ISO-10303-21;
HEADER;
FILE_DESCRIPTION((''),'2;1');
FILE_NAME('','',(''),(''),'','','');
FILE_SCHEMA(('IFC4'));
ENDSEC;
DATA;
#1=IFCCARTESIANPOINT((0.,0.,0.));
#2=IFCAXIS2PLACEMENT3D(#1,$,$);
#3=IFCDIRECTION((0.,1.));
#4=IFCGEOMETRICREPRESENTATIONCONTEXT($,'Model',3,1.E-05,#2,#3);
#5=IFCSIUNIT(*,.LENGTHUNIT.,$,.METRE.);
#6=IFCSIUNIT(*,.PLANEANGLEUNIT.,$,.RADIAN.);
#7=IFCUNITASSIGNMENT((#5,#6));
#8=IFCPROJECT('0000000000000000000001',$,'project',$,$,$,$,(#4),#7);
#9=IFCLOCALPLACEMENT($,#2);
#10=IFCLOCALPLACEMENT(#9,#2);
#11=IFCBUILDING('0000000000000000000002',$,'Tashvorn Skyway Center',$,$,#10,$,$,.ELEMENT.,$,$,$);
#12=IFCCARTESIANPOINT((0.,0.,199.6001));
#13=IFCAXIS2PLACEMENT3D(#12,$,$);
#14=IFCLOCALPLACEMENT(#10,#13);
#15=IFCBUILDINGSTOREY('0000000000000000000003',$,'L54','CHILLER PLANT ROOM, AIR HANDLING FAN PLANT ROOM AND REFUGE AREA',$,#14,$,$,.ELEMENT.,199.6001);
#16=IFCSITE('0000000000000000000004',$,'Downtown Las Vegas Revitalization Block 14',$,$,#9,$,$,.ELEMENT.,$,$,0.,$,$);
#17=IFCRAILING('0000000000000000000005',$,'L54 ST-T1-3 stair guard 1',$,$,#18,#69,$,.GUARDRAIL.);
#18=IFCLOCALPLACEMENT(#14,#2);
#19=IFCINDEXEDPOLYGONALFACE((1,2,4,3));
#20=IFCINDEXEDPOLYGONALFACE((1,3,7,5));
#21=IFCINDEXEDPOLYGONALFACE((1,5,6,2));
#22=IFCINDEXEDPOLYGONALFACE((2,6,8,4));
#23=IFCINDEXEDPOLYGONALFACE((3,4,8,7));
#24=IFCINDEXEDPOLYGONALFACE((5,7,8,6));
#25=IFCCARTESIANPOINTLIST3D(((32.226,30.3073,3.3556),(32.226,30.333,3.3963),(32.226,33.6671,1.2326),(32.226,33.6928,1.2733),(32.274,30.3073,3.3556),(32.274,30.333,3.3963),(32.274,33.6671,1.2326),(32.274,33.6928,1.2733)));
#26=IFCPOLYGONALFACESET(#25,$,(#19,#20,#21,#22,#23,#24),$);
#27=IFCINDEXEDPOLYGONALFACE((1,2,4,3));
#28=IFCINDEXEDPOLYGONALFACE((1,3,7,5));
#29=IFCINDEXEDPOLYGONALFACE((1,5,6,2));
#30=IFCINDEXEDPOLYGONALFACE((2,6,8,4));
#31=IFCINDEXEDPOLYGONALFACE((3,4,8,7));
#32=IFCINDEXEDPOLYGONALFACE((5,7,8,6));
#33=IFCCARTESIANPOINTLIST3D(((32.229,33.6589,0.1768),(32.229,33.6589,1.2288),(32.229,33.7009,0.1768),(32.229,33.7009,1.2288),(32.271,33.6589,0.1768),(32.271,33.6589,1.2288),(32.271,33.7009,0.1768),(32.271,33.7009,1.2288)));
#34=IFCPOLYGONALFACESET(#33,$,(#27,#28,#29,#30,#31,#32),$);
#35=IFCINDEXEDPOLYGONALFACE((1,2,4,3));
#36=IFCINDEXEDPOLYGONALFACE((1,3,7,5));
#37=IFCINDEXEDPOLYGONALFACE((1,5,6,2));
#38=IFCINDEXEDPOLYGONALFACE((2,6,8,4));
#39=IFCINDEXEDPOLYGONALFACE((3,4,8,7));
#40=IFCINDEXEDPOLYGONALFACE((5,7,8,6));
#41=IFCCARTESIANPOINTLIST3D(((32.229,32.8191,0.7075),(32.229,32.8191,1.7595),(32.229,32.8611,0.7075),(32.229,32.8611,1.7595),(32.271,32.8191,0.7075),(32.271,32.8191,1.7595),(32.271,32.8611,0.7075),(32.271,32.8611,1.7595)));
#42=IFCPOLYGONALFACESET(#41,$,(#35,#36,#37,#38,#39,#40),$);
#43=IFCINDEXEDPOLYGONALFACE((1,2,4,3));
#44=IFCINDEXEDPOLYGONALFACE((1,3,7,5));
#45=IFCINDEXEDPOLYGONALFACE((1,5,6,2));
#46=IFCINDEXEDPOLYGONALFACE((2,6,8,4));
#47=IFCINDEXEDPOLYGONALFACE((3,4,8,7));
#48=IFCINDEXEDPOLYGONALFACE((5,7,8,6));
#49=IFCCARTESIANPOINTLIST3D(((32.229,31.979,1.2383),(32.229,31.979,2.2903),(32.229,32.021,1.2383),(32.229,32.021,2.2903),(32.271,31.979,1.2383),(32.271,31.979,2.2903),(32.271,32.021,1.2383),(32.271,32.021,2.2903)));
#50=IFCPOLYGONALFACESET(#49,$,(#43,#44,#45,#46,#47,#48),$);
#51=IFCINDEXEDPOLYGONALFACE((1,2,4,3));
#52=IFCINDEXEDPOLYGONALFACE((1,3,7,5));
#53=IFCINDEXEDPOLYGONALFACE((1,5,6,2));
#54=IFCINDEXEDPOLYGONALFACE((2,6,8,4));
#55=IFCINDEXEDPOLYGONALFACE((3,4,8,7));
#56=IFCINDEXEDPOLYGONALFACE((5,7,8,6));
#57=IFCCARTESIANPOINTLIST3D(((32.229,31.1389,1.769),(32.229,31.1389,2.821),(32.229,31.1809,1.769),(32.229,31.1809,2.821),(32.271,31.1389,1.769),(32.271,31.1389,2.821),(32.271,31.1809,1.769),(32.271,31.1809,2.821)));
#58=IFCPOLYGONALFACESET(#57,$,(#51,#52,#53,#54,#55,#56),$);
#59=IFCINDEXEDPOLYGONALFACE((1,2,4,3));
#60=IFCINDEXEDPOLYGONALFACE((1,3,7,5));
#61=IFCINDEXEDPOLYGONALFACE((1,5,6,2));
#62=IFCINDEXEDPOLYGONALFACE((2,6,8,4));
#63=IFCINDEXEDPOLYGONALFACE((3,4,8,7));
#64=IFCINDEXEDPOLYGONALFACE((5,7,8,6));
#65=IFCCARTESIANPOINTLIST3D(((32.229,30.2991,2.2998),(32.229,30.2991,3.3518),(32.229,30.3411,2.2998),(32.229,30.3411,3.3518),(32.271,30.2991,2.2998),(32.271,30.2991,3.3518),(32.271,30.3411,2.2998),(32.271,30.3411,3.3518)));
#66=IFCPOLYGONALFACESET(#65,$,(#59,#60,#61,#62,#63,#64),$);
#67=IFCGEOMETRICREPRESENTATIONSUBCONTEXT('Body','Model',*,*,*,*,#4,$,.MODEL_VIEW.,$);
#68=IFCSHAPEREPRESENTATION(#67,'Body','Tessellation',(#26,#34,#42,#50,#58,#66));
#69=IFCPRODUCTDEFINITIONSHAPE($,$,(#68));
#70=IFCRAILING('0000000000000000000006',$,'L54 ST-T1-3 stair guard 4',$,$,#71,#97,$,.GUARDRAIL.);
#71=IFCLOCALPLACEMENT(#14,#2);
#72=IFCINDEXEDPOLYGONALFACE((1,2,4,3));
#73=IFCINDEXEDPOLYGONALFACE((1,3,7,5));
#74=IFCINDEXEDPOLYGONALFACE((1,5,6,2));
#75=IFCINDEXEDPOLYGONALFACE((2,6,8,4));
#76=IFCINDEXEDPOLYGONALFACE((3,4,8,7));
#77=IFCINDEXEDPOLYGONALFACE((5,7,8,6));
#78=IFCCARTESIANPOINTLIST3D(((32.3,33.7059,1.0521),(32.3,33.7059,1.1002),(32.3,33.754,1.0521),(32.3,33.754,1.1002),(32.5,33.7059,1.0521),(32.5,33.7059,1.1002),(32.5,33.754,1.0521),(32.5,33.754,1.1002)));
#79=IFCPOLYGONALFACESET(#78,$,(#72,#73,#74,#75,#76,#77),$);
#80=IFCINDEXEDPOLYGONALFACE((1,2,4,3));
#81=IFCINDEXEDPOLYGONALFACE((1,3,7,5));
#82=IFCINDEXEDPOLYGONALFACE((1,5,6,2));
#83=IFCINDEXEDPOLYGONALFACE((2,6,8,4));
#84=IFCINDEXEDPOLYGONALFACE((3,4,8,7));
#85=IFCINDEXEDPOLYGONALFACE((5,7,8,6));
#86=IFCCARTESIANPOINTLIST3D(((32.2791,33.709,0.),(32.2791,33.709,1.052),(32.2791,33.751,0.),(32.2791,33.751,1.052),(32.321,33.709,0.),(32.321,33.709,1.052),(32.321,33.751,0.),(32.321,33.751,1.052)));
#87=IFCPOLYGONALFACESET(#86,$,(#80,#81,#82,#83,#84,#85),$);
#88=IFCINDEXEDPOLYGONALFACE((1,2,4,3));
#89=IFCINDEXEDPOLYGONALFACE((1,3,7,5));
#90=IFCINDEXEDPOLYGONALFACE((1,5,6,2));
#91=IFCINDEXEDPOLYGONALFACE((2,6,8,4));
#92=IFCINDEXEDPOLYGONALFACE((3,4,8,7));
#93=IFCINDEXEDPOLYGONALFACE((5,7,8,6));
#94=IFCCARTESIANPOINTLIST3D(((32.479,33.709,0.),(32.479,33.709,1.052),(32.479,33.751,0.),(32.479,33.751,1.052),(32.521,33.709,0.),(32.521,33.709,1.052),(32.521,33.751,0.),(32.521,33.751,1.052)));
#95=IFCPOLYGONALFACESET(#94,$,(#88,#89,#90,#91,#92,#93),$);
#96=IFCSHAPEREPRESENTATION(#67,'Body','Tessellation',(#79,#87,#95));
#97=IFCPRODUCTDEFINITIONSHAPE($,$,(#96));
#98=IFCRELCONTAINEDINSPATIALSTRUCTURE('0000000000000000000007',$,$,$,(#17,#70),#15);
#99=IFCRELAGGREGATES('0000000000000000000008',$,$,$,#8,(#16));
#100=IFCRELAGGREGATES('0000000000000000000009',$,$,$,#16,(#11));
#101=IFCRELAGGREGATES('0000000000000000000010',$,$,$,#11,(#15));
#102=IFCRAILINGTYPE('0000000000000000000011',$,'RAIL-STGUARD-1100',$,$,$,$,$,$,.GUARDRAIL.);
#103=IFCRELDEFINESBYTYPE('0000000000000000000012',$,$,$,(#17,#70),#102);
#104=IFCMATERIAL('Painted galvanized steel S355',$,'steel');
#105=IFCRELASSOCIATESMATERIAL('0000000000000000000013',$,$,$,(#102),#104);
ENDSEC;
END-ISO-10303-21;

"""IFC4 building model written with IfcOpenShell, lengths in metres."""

from ifc_helpers import new_model, si_unit, direction, frame, origin, origin_2d, place, context, subcontext, project, spatial, rectangle, extrude, material, type_object, element, save


model = new_model("IFC4")

# Units and contexts
model_context = context("Model", 3, precision=1e-05, world=origin(), true_north=direction((0.0, 1.0)))
body_context = subcontext(model_context, "Body", "Model", "MODEL_VIEW")
ifc_project = project(units=[si_unit("LENGTHUNIT", "METRE"), si_unit("PLANEANGLEUNIT", "RADIAN")], contexts=[model_context])

# Site, building, storey
site_placement = place(None, origin())
site = spatial("IfcSite", under=ifc_project, at=site_placement, Name="Downtown Las Vegas Revitalization Block 14", CompositionType="ELEMENT", RefElevation=0.0)
building_placement = place(site_placement, origin())
building = spatial("IfcBuilding", under=site, at=building_placement, Name="Tashvorn Skyway Center", CompositionType="ELEMENT")
storey_placement = place(building_placement, frame((0.0, 0.0, 199.6001)))
storey = spatial("IfcBuildingStorey", under=building, at=storey_placement, Name="L54", Description="CHILLER PLANT ROOM, AIR HANDLING FAN PLANT ROOM AND REFUGE AREA", CompositionType="ELEMENT", Elevation=199.6001)

# Railings
ifc_material_1 = material(Name="Painted galvanized steel S355", Category="steel")
railing_type_1 = type_object("IfcRailingType", Name="RAIL-STGUARD-1100", PredefinedType="GUARDRAIL", material=ifc_material_1)
railing_1_placement = place(storey_placement, frame((32.25, 33.6799, 0.1768)))
element("IfcRailing", 1, at=railing_1_placement, inside=storey, type_object=railing_type_1, Name="L54 ST-T1-3 stair guard 1", PredefinedType="GUARDRAIL", context=body_context, shape_type="SweptSolid", body=[
    extrude(rectangle(XDim=0.0481, YDim=0.0481, at=origin_2d()), frame((0.0, 0.0, 1.0762), z_axis=(0.0, -0.845372, 0.534178), x_axis=(1.0, 0.0, 0.0)), (0.0, 0.0, 1.0), 3.9744),
    extrude(rectangle(XDim=0.042, YDim=0.042, at=origin_2d()), origin(), (0.0, 0.0, 1.0), 1.052),
    extrude(rectangle(XDim=0.042, YDim=0.042, at=origin_2d()), frame((0.0, -0.8398, 0.5308)), (0.0, 0.0, 1.0), 1.052),
    extrude(rectangle(XDim=0.042, YDim=0.042, at=origin_2d()), frame((0.0, -1.6799, 1.0615)), (0.0, 0.0, 1.0), 1.052),
    extrude(rectangle(XDim=0.042, YDim=0.042, at=origin_2d()), frame((0.0, -2.52, 1.5923)), (0.0, 0.0, 1.0), 1.052),
    extrude(rectangle(XDim=0.042, YDim=0.042, at=origin_2d()), frame((0.0, -3.3599, 2.123)), (0.0, 0.0, 1.0), 1.052),
])
railing_2_placement = place(storey_placement, frame((32.3, 33.73, 0.0)))
element("IfcRailing", 2, at=railing_2_placement, inside=storey, type_object=railing_type_1, Name="L54 ST-T1-3 stair guard 4", PredefinedType="GUARDRAIL", context=body_context, shape_type="SweptSolid", body=[
    extrude(rectangle(XDim=0.0481, YDim=0.0481, at=origin_2d()), frame((0.0, 0.0, 1.0762), z_axis=(1.0, 0.0, 0.0), x_axis=(0.0, 1.0, 0.0)), (0.0, 0.0, 1.0), 0.2),
    extrude(rectangle(XDim=0.042, YDim=0.042, at=origin_2d()), origin(), (0.0, 0.0, 1.0), 1.052),
    extrude(rectangle(XDim=0.042, YDim=0.042, at=origin_2d()), frame((0.2, 0.0, 0.0)), (0.0, 0.0, 1.0), 1.052),
])

save(model, "model.ifc")
